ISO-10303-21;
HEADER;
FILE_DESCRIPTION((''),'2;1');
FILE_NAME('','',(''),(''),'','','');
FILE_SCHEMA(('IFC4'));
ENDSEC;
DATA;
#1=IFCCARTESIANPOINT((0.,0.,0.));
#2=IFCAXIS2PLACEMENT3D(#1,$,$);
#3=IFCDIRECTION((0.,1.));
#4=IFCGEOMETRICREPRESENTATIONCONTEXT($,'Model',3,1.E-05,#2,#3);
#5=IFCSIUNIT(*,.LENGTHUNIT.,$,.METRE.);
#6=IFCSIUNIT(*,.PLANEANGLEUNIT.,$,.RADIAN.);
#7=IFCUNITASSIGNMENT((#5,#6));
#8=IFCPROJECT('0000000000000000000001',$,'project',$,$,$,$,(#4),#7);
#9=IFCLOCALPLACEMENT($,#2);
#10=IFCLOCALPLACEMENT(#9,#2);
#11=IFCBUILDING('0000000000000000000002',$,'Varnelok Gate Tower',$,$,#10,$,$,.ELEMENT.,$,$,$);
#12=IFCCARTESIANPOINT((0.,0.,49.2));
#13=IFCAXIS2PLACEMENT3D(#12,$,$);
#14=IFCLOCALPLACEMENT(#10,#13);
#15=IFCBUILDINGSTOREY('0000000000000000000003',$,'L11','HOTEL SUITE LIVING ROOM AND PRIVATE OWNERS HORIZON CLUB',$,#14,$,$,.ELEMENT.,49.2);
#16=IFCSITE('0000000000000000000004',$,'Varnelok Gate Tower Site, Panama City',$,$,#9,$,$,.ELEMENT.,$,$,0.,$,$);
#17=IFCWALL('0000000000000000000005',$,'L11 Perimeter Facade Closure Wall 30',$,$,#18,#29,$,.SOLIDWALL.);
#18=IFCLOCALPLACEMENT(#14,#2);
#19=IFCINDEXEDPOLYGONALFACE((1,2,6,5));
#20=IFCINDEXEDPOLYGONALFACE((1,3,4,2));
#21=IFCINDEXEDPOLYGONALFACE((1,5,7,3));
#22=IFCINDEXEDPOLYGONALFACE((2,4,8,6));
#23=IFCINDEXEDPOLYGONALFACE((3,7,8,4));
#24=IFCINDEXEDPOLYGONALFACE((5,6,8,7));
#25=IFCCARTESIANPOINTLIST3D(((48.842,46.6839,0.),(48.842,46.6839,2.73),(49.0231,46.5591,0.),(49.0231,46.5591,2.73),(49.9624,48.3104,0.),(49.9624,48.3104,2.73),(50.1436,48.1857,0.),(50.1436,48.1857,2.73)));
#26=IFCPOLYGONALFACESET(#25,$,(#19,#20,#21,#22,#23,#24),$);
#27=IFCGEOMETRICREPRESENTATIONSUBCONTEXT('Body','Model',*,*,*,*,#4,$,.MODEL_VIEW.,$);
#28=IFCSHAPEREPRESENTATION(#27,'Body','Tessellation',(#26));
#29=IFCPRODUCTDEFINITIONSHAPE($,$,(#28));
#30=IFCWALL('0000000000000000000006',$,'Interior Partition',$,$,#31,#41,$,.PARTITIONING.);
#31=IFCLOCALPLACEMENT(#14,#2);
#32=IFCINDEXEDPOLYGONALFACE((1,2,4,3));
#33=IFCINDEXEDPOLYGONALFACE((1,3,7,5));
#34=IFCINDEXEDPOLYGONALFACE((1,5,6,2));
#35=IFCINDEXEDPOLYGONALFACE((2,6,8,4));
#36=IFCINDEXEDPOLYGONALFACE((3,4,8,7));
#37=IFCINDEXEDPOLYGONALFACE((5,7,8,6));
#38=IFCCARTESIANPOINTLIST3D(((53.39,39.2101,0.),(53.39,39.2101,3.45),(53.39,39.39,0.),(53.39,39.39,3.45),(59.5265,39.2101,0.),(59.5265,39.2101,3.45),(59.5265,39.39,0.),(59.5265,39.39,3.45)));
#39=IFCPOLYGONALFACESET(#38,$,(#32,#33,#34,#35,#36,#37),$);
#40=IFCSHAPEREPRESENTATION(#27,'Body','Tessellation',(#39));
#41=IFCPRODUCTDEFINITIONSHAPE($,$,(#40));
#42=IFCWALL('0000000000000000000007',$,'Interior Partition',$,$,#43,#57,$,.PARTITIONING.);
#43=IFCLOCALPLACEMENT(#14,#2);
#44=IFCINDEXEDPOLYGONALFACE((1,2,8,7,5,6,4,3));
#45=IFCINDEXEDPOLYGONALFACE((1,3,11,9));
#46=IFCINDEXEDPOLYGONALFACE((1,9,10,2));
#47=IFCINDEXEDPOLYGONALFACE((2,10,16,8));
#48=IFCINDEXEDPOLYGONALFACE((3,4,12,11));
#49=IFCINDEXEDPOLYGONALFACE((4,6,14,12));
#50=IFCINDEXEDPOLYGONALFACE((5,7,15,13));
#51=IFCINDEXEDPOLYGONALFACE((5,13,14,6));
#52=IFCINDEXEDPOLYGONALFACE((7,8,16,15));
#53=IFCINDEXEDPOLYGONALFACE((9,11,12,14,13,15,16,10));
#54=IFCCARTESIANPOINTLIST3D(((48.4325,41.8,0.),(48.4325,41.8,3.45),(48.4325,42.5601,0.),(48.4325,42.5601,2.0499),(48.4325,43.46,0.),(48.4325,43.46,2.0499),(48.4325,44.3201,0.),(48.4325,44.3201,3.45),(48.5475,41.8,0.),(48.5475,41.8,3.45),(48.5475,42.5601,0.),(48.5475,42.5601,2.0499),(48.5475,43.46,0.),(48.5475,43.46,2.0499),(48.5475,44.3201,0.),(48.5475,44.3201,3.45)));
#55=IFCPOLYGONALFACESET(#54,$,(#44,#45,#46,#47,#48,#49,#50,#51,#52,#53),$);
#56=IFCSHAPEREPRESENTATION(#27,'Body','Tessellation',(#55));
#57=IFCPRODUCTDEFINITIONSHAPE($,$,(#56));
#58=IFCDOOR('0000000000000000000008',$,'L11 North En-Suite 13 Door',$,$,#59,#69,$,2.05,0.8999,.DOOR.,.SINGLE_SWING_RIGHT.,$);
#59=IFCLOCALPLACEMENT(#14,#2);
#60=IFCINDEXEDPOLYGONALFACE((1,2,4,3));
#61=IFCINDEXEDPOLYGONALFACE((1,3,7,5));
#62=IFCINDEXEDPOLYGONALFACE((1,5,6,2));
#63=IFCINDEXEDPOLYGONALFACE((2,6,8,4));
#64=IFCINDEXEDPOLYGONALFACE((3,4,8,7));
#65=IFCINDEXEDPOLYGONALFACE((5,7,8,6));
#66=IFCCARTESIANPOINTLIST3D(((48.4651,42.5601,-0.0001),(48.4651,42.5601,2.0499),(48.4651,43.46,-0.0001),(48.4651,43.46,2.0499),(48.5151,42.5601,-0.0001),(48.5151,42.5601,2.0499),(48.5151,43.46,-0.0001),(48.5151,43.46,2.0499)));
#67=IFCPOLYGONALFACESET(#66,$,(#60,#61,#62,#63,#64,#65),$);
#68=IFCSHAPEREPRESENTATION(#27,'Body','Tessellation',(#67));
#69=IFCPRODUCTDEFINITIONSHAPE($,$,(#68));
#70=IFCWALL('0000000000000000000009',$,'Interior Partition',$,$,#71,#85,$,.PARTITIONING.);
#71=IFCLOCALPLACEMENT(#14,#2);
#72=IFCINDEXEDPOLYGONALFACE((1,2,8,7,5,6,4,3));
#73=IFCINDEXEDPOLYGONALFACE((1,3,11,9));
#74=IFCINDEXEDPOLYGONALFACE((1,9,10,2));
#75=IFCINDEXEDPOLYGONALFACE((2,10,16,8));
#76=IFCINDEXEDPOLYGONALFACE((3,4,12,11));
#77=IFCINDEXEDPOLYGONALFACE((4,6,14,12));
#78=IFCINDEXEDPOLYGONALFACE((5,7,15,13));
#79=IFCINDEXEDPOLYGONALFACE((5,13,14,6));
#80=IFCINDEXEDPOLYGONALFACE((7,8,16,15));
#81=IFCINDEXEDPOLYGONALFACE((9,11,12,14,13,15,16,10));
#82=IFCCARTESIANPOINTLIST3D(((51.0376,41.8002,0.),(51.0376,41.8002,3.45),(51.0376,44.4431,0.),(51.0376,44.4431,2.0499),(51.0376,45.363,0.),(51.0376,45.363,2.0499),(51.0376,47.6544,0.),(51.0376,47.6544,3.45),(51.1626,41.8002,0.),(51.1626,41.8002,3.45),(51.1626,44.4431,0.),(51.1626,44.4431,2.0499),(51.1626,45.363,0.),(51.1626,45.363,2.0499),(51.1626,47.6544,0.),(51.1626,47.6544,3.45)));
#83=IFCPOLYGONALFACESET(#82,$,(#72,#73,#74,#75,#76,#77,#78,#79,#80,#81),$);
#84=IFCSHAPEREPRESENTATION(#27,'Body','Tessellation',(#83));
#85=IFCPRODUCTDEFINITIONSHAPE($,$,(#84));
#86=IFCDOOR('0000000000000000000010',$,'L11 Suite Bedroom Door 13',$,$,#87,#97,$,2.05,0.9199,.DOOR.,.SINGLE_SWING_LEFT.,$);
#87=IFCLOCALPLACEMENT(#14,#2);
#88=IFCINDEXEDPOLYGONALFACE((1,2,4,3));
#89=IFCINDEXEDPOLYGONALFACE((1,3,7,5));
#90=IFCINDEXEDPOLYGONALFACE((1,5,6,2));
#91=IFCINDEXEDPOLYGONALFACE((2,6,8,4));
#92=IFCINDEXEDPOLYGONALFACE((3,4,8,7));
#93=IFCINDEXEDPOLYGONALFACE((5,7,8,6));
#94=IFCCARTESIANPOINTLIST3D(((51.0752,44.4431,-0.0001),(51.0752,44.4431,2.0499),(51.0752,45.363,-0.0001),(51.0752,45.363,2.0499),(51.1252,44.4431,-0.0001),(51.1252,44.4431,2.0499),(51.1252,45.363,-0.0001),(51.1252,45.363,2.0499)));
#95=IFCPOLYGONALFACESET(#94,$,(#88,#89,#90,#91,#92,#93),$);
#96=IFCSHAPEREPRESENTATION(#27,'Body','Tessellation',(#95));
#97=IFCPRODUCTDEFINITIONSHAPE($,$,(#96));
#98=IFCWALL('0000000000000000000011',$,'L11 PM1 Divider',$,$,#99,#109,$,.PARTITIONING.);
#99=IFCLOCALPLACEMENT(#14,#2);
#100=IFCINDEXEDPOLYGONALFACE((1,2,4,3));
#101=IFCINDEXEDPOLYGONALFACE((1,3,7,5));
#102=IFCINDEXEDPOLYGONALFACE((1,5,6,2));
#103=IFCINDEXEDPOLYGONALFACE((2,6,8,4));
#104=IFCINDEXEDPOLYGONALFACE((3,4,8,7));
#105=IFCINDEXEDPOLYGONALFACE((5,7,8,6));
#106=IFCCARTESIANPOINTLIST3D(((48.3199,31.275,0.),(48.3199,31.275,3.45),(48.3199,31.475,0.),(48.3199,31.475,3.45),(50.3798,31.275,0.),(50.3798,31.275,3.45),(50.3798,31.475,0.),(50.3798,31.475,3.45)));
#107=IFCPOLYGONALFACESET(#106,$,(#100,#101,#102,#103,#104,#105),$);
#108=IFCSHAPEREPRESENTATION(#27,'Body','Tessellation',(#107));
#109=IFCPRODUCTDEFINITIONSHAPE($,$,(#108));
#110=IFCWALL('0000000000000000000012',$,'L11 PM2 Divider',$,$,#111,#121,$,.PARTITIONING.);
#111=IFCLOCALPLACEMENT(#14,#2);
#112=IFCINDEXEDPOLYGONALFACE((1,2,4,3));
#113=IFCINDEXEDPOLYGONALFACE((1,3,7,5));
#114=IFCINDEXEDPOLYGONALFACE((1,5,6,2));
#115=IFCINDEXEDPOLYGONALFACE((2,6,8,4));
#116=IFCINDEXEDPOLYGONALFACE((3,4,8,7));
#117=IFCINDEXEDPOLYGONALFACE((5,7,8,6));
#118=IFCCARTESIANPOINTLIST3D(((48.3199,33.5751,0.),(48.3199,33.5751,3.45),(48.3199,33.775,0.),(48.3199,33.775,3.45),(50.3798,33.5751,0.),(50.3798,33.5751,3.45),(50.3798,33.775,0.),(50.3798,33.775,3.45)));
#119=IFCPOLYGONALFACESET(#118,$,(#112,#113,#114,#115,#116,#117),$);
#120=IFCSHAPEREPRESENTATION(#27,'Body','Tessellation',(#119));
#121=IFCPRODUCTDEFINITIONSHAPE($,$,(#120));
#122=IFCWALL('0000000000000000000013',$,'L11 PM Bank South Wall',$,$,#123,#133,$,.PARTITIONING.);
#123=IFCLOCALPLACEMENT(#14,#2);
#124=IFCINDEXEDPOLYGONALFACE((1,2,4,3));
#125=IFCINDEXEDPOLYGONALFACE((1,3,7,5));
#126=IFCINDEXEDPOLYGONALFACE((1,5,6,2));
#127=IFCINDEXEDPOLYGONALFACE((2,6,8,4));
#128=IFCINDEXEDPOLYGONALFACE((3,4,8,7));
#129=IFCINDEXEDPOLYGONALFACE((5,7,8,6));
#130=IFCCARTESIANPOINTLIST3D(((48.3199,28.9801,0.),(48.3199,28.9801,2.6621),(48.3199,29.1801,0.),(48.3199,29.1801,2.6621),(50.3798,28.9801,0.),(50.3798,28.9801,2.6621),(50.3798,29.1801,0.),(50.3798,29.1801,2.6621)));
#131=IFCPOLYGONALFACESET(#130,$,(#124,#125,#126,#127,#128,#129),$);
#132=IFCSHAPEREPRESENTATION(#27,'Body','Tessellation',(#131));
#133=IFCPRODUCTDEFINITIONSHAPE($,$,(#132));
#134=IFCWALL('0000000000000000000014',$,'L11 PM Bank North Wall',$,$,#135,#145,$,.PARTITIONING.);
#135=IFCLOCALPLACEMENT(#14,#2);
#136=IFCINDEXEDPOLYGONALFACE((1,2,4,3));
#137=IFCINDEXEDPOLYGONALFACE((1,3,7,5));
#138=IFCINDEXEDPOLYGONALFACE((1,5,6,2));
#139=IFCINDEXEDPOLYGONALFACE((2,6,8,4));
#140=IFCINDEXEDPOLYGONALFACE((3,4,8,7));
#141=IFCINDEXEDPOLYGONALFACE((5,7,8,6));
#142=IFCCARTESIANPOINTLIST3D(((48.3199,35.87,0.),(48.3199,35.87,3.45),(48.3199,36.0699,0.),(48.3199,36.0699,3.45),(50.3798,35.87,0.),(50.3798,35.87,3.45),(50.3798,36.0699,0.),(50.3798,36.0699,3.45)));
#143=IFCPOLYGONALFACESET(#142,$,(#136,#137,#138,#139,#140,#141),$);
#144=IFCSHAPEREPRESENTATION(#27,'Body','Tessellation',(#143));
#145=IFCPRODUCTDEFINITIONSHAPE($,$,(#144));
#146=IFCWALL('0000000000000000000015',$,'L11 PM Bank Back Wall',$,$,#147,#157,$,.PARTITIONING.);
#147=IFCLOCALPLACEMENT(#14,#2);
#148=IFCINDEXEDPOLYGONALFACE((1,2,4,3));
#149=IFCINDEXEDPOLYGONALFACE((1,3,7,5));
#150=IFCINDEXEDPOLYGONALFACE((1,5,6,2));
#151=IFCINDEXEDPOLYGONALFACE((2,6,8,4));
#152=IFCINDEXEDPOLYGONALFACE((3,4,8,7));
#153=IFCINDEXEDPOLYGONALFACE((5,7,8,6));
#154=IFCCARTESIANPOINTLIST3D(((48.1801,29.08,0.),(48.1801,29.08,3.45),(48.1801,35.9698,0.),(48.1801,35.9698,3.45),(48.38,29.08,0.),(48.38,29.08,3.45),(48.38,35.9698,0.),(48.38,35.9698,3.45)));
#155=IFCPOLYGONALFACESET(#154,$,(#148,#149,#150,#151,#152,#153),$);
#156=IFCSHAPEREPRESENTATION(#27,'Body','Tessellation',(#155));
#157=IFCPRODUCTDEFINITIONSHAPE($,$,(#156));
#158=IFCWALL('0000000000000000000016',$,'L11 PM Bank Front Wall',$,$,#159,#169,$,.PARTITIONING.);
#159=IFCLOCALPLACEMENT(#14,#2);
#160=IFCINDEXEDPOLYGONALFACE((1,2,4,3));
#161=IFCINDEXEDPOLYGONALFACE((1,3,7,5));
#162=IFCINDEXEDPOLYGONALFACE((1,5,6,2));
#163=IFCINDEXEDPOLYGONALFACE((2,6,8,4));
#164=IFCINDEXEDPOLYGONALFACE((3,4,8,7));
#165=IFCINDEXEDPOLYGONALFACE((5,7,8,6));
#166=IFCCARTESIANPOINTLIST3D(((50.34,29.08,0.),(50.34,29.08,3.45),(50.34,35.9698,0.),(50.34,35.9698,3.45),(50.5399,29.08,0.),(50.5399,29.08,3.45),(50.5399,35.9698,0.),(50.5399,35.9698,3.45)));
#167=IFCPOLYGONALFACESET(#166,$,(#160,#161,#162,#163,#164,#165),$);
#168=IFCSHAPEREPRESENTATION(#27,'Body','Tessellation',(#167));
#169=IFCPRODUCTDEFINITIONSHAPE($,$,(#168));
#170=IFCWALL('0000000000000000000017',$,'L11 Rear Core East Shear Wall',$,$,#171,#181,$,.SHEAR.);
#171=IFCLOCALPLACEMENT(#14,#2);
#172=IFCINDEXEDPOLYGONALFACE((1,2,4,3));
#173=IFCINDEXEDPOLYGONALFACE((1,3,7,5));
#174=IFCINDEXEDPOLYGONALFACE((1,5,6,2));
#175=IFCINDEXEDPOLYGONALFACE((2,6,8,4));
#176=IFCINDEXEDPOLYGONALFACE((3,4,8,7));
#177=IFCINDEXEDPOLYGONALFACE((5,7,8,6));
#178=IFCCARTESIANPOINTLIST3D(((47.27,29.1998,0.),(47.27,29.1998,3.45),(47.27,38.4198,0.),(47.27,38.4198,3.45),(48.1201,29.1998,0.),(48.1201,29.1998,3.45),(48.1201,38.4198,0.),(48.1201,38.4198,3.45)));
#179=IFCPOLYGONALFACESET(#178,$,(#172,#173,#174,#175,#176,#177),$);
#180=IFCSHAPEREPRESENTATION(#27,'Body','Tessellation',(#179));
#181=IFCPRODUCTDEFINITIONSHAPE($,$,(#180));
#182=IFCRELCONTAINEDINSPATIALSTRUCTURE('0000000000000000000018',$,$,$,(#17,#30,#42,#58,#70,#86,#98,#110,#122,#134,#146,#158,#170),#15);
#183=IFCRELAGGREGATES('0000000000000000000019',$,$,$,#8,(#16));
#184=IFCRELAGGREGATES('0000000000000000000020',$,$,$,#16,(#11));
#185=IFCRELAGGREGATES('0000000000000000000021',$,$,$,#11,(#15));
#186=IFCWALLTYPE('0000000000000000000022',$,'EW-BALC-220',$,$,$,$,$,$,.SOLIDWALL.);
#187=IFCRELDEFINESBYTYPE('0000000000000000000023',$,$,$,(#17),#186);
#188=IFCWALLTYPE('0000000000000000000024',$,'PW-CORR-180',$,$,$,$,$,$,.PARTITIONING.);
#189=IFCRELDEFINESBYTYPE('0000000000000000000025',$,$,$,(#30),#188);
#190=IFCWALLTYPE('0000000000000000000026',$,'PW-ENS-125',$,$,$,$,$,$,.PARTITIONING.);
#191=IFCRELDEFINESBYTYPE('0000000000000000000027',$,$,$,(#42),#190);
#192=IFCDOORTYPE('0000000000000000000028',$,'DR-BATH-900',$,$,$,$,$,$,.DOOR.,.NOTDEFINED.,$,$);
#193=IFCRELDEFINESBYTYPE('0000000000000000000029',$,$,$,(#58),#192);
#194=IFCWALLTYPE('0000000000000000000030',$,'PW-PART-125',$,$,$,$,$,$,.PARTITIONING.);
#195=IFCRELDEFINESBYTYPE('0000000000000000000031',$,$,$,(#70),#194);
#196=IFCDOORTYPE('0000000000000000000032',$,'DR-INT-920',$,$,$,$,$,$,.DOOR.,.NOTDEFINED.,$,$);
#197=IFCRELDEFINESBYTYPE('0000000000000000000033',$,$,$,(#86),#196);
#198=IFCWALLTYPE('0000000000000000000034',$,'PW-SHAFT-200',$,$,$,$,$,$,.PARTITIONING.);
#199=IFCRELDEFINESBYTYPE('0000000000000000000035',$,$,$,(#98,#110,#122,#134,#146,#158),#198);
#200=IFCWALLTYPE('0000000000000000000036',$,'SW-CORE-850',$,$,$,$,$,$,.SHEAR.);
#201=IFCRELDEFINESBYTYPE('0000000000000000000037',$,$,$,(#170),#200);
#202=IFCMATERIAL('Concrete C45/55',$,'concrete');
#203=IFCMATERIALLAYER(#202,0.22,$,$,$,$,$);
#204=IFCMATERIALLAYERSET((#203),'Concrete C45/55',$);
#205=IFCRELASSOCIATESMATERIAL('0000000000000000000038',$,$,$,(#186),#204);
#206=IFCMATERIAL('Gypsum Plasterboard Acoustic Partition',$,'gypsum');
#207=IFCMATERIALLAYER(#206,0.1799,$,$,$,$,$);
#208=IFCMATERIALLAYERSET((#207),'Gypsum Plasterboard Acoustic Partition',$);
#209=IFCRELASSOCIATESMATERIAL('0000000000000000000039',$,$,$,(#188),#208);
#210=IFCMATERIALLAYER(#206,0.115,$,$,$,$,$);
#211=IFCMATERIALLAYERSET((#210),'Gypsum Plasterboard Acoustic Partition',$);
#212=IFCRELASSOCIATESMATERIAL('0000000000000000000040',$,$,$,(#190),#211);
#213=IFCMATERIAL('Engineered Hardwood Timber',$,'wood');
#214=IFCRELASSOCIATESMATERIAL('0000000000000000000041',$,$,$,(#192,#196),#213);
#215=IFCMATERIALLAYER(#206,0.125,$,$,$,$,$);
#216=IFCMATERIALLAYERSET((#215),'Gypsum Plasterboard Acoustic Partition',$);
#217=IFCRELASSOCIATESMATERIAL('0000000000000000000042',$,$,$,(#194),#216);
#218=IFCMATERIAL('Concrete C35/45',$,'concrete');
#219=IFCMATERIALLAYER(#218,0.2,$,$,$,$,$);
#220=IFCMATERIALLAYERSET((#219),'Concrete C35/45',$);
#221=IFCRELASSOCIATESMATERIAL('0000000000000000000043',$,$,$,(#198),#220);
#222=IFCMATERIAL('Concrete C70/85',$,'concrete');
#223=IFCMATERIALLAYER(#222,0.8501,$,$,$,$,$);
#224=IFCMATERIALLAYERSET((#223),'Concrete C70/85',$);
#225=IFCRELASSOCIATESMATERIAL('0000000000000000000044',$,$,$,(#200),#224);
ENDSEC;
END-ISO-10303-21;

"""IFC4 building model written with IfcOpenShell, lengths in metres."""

from ifc_helpers import new_model, si_unit, direction, frame, frame_2d, origin, place, context, subcontext, project, spatial, rectangle, extrude, material, layer, layer_set, type_object, element, fill, save


model = new_model("IFC4")

# Units and contexts
model_context = context("Model", 3, precision=1e-05, world=origin(), true_north=direction((0.0, 1.0)))
body_context = subcontext(model_context, "Body", "Model", "MODEL_VIEW")
ifc_project = project(units=[si_unit("LENGTHUNIT", "METRE"), si_unit("PLANEANGLEUNIT", "RADIAN")], contexts=[model_context])

# Site, building, storey
site_placement = place(None, origin())
site = spatial("IfcSite", under=ifc_project, at=site_placement, Name="Varnelok Gate Tower Site, Panama City", CompositionType="ELEMENT", RefElevation=0.0)
building_placement = place(site_placement, origin())
building = spatial("IfcBuilding", under=site, at=building_placement, Name="Varnelok Gate Tower", CompositionType="ELEMENT")
storey_placement = place(building_placement, frame((0.0, 0.0, 49.2)))
storey = spatial("IfcBuildingStorey", under=building, at=storey_placement, Name="L11", Description="HOTEL SUITE LIVING ROOM AND PRIVATE OWNERS HORIZON CLUB", CompositionType="ELEMENT", Elevation=49.2)

# Shared definitions
ifc_material_1 = material(Name="Concrete C70/85", Category="concrete")

# Walls
ifc_material_2 = material(Name="Concrete C45/55", Category="concrete")
ifc_layer_1 = layer(ifc_material_2, 0.22)
ifc_layer_set_1 = layer_set([ifc_layer_1], Name="Concrete C45/55")
wall_type_1 = type_object("IfcWallType", Name="EW-BALC-220", PredefinedType="SOLIDWALL", material=ifc_layer_set_1)
wall_1_placement = place(storey_placement, frame((50.053, 48.248, 0.0), z_axis=(0.0, 0.0, 1.0), x_axis=(-0.567274, -0.823529, 0.0)))
element("IfcWall", 1, at=wall_1_placement, inside=storey, type_object=wall_type_1, Name="L11 Perimeter Facade Closure Wall 30", PredefinedType="SOLIDWALL", context=body_context, shape_type="SweptSolid", body=[
    extrude(rectangle(XDim=1.9751, YDim=0.22, at=frame_2d((0.9875, 0.0))), origin(), (0.0, 0.0, 1.0), 2.73),
])
ifc_material_3 = material(Name="Gypsum Plasterboard Acoustic Partition", Category="gypsum")
ifc_layer_2 = layer(ifc_material_3, 0.1799)
ifc_layer_set_2 = layer_set([ifc_layer_2], Name="Gypsum Plasterboard Acoustic Partition")
wall_type_2 = type_object("IfcWallType", Name="PW-CORR-180", PredefinedType="PARTITIONING", material=ifc_layer_set_2)
wall_2_placement = place(storey_placement, frame((53.3899, 39.3, 0.0), z_axis=(0.0, 0.0, 1.0), x_axis=(1.0, 0.0, 0.0)))
element("IfcWall", 2, at=wall_2_placement, inside=storey, type_object=wall_type_2, Name="Interior Partition", PredefinedType="PARTITIONING", context=body_context, shape_type="SweptSolid", body=[
    extrude(rectangle(XDim=6.1365, YDim=0.1799, at=frame_2d((3.0684, 0.0))), origin(), (0.0, 0.0, 1.0), 3.45),
])

# Walls, openings, doors
ifc_layer_3 = layer(ifc_material_3, 0.115)
ifc_layer_set_3 = layer_set([ifc_layer_3], Name="Gypsum Plasterboard Acoustic Partition")
wall_type_3 = type_object("IfcWallType", Name="PW-ENS-125", PredefinedType="PARTITIONING", material=ifc_layer_set_3)
wall_3_placement = place(storey_placement, frame((48.49, 41.8, 0.0), z_axis=(0.0, 0.0, 1.0), x_axis=(0.0, 1.0, 0.0)))
wall_3 = element("IfcWall", 3, at=wall_3_placement, inside=storey, type_object=wall_type_3, Name="Interior Partition", PredefinedType="PARTITIONING", context=body_context, shape_type="SweptSolid", body=[
    extrude(rectangle(XDim=2.52, YDim=0.115, at=frame_2d((1.26, 0.0))), origin(), (0.0, 0.0, 1.0), 3.45),
])
opening_1_placement = place(wall_3_placement, frame((0.76, 0.0, 0.0)))
opening_1 = element("IfcOpeningElement", 4, at=opening_1_placement, cuts=wall_3, PredefinedType="OPENING", context=body_context, shape_type="SweptSolid", body=[
    extrude(rectangle(XDim=0.8999, YDim=2.05, at=frame_2d((0.45, 1.0249))), frame((0.0, 0.0674, 0.0), z_axis=(0.0, -1.0, 0.0), x_axis=(1.0, 0.0, 0.0)), (0.0, 0.0, 1.0), 0.135),
])
ifc_material_4 = material(Name="Engineered Hardwood Timber", Category="wood")
door_type_1 = type_object("IfcDoorType", Name="DR-BATH-900", OperationType="NOTDEFINED", PredefinedType="DOOR", material=ifc_material_4)
door_1_placement = place(opening_1_placement, origin())
door_1 = element("IfcDoor", 5, at=door_1_placement, inside=storey, type_object=door_type_1, Name="L11 North En-Suite 13 Door", OperationType="SINGLE_SWING_RIGHT", OverallHeight=2.05, OverallWidth=0.8999, PredefinedType="DOOR", context=body_context, shape_type="SweptSolid", body=[
    extrude(rectangle(XDim=0.8999, YDim=2.05, at=frame_2d((0.45, 1.0249))), frame((0.0, 0.0249, 0.0), z_axis=(0.0, -1.0, 0.0), x_axis=(1.0, 0.0, 0.0)), (0.0, 0.0, 1.0), 0.05),
])
fill(opening_1, door_1)
ifc_layer_4 = layer(ifc_material_3, 0.125)
ifc_layer_set_4 = layer_set([ifc_layer_4], Name="Gypsum Plasterboard Acoustic Partition")
wall_type_4 = type_object("IfcWallType", Name="PW-PART-125", PredefinedType="PARTITIONING", material=ifc_layer_set_4)
wall_4_placement = place(storey_placement, frame((51.1001, 41.8, 0.0), z_axis=(0.0, 0.0, 1.0), x_axis=(0.0, 1.0, 0.0)))
wall_4 = element("IfcWall", 6, at=wall_4_placement, inside=storey, type_object=wall_type_4, Name="Interior Partition", PredefinedType="PARTITIONING", context=body_context, shape_type="SweptSolid", body=[
    extrude(rectangle(XDim=5.8542, YDim=0.125, at=frame_2d((2.9272, 0.0))), origin(), (0.0, 0.0, 1.0), 3.45),
])
opening_2_placement = place(wall_4_placement, frame((2.6431, 0.0, 0.0)))
opening_2 = element("IfcOpeningElement", 7, at=opening_2_placement, cuts=wall_4, PredefinedType="OPENING", context=body_context, shape_type="SweptSolid", body=[
    extrude(rectangle(XDim=0.9199, YDim=2.05, at=frame_2d((0.46, 1.0249))), frame((0.0, 0.0725, 0.0), z_axis=(0.0, -1.0, 0.0), x_axis=(1.0, 0.0, 0.0)), (0.0, 0.0, 1.0), 0.145),
])
door_type_2 = type_object("IfcDoorType", Name="DR-INT-920", OperationType="NOTDEFINED", PredefinedType="DOOR", material=ifc_material_4)
door_2_placement = place(opening_2_placement, origin())
door_2 = element("IfcDoor", 8, at=door_2_placement, inside=storey, type_object=door_type_2, Name="L11 Suite Bedroom Door 13", OperationType="SINGLE_SWING_LEFT", OverallHeight=2.05, OverallWidth=0.9199, PredefinedType="DOOR", context=body_context, shape_type="SweptSolid", body=[
    extrude(rectangle(XDim=0.9199, YDim=2.05, at=frame_2d((0.46, 1.0249))), frame((0.0, 0.0249, 0.0), z_axis=(0.0, -1.0, 0.0), x_axis=(1.0, 0.0, 0.0)), (0.0, 0.0, 1.0), 0.05),
])
fill(opening_2, door_2)

# Walls
ifc_material_5 = material(Name="Concrete C35/45", Category="concrete")
ifc_layer_5 = layer(ifc_material_5, 0.2)
ifc_layer_set_5 = layer_set([ifc_layer_5], Name="Concrete C35/45")
wall_type_5 = type_object("IfcWallType", Name="PW-SHAFT-200", PredefinedType="PARTITIONING", material=ifc_layer_set_5)
for number, where, z_axis, x_axis, name in (
    (9, (48.3201, 31.375, 0.0), (0.0, 0.0, 1.0), (1.0, 0.0, 0.0), "L11 PM1 Divider"),
    (10, (48.3201, 33.675, 0.0), (0.0, 0.0, 1.0), (1.0, 0.0, 0.0), "L11 PM2 Divider"),
):
    element("IfcWall", number, at=place(storey_placement, frame(where, z_axis=z_axis, x_axis=x_axis)), inside=storey, type_object=wall_type_5, Name=name, PredefinedType="PARTITIONING", context=body_context, shape_type="SweptSolid", body=[
        extrude(rectangle(XDim=2.0598, YDim=0.2, at=frame_2d((1.0298, 0.0))), origin(), (0.0, 0.0, 1.0), 3.45),
    ])
wall_5_placement = place(storey_placement, frame((48.3201, 29.0801, 0.0), z_axis=(0.0, 0.0, 1.0), x_axis=(1.0, 0.0, 0.0)))
element("IfcWall", 11, at=wall_5_placement, inside=storey, type_object=wall_type_5, Name="L11 PM Bank South Wall", PredefinedType="PARTITIONING", context=body_context, shape_type="SweptSolid", body=[
    extrude(rectangle(XDim=2.0598, YDim=0.2, at=frame_2d((1.0298, 0.0))), origin(), (0.0, 0.0, 1.0), 2.6621),
])
wall_6_placement = place(storey_placement, frame((48.3201, 35.97, 0.0), z_axis=(0.0, 0.0, 1.0), x_axis=(1.0, 0.0, 0.0)))
element("IfcWall", 12, at=wall_6_placement, inside=storey, type_object=wall_type_5, Name="L11 PM Bank North Wall", PredefinedType="PARTITIONING", context=body_context, shape_type="SweptSolid", body=[
    extrude(rectangle(XDim=2.0598, YDim=0.2, at=frame_2d((1.0298, 0.0))), origin(), (0.0, 0.0, 1.0), 3.45),
])
for number, where, z_axis, x_axis, name in (
    (13, (48.28, 29.0801, 0.0), (0.0, 0.0, 1.0), (0.0, 1.0, 0.0), "L11 PM Bank Back Wall"),
    (14, (50.4399, 29.0801, 0.0), (0.0, 0.0, 1.0), (0.0, 1.0, 0.0), "L11 PM Bank Front Wall"),
):
    element("IfcWall", number, at=place(storey_placement, frame(where, z_axis=z_axis, x_axis=x_axis)), inside=storey, type_object=wall_type_5, Name=name, PredefinedType="PARTITIONING", context=body_context, shape_type="SweptSolid", body=[
        extrude(rectangle(XDim=6.8899, YDim=0.2, at=frame_2d((3.4448, 0.0))), origin(), (0.0, 0.0, 1.0), 3.45),
    ])
ifc_layer_6 = layer(ifc_material_1, 0.8501)
ifc_layer_set_6 = layer_set([ifc_layer_6], Name="Concrete C70/85")
wall_type_6 = type_object("IfcWallType", Name="SW-CORE-850", PredefinedType="SHEAR", material=ifc_layer_set_6)
wall_7_placement = place(storey_placement, frame((47.6951, 29.2, 0.0), z_axis=(0.0, 0.0, 1.0), x_axis=(0.0, 1.0, 0.0)))
element("IfcWall", 15, at=wall_7_placement, inside=storey, type_object=wall_type_6, Name="L11 Rear Core East Shear Wall", PredefinedType="SHEAR", context=body_context, shape_type="SweptSolid", body=[
    extrude(rectangle(XDim=9.22, YDim=0.8501, at=frame_2d((4.6099, 0.0))), origin(), (0.0, 0.0, 1.0), 3.45),
])

save(model, "model.ifc")
